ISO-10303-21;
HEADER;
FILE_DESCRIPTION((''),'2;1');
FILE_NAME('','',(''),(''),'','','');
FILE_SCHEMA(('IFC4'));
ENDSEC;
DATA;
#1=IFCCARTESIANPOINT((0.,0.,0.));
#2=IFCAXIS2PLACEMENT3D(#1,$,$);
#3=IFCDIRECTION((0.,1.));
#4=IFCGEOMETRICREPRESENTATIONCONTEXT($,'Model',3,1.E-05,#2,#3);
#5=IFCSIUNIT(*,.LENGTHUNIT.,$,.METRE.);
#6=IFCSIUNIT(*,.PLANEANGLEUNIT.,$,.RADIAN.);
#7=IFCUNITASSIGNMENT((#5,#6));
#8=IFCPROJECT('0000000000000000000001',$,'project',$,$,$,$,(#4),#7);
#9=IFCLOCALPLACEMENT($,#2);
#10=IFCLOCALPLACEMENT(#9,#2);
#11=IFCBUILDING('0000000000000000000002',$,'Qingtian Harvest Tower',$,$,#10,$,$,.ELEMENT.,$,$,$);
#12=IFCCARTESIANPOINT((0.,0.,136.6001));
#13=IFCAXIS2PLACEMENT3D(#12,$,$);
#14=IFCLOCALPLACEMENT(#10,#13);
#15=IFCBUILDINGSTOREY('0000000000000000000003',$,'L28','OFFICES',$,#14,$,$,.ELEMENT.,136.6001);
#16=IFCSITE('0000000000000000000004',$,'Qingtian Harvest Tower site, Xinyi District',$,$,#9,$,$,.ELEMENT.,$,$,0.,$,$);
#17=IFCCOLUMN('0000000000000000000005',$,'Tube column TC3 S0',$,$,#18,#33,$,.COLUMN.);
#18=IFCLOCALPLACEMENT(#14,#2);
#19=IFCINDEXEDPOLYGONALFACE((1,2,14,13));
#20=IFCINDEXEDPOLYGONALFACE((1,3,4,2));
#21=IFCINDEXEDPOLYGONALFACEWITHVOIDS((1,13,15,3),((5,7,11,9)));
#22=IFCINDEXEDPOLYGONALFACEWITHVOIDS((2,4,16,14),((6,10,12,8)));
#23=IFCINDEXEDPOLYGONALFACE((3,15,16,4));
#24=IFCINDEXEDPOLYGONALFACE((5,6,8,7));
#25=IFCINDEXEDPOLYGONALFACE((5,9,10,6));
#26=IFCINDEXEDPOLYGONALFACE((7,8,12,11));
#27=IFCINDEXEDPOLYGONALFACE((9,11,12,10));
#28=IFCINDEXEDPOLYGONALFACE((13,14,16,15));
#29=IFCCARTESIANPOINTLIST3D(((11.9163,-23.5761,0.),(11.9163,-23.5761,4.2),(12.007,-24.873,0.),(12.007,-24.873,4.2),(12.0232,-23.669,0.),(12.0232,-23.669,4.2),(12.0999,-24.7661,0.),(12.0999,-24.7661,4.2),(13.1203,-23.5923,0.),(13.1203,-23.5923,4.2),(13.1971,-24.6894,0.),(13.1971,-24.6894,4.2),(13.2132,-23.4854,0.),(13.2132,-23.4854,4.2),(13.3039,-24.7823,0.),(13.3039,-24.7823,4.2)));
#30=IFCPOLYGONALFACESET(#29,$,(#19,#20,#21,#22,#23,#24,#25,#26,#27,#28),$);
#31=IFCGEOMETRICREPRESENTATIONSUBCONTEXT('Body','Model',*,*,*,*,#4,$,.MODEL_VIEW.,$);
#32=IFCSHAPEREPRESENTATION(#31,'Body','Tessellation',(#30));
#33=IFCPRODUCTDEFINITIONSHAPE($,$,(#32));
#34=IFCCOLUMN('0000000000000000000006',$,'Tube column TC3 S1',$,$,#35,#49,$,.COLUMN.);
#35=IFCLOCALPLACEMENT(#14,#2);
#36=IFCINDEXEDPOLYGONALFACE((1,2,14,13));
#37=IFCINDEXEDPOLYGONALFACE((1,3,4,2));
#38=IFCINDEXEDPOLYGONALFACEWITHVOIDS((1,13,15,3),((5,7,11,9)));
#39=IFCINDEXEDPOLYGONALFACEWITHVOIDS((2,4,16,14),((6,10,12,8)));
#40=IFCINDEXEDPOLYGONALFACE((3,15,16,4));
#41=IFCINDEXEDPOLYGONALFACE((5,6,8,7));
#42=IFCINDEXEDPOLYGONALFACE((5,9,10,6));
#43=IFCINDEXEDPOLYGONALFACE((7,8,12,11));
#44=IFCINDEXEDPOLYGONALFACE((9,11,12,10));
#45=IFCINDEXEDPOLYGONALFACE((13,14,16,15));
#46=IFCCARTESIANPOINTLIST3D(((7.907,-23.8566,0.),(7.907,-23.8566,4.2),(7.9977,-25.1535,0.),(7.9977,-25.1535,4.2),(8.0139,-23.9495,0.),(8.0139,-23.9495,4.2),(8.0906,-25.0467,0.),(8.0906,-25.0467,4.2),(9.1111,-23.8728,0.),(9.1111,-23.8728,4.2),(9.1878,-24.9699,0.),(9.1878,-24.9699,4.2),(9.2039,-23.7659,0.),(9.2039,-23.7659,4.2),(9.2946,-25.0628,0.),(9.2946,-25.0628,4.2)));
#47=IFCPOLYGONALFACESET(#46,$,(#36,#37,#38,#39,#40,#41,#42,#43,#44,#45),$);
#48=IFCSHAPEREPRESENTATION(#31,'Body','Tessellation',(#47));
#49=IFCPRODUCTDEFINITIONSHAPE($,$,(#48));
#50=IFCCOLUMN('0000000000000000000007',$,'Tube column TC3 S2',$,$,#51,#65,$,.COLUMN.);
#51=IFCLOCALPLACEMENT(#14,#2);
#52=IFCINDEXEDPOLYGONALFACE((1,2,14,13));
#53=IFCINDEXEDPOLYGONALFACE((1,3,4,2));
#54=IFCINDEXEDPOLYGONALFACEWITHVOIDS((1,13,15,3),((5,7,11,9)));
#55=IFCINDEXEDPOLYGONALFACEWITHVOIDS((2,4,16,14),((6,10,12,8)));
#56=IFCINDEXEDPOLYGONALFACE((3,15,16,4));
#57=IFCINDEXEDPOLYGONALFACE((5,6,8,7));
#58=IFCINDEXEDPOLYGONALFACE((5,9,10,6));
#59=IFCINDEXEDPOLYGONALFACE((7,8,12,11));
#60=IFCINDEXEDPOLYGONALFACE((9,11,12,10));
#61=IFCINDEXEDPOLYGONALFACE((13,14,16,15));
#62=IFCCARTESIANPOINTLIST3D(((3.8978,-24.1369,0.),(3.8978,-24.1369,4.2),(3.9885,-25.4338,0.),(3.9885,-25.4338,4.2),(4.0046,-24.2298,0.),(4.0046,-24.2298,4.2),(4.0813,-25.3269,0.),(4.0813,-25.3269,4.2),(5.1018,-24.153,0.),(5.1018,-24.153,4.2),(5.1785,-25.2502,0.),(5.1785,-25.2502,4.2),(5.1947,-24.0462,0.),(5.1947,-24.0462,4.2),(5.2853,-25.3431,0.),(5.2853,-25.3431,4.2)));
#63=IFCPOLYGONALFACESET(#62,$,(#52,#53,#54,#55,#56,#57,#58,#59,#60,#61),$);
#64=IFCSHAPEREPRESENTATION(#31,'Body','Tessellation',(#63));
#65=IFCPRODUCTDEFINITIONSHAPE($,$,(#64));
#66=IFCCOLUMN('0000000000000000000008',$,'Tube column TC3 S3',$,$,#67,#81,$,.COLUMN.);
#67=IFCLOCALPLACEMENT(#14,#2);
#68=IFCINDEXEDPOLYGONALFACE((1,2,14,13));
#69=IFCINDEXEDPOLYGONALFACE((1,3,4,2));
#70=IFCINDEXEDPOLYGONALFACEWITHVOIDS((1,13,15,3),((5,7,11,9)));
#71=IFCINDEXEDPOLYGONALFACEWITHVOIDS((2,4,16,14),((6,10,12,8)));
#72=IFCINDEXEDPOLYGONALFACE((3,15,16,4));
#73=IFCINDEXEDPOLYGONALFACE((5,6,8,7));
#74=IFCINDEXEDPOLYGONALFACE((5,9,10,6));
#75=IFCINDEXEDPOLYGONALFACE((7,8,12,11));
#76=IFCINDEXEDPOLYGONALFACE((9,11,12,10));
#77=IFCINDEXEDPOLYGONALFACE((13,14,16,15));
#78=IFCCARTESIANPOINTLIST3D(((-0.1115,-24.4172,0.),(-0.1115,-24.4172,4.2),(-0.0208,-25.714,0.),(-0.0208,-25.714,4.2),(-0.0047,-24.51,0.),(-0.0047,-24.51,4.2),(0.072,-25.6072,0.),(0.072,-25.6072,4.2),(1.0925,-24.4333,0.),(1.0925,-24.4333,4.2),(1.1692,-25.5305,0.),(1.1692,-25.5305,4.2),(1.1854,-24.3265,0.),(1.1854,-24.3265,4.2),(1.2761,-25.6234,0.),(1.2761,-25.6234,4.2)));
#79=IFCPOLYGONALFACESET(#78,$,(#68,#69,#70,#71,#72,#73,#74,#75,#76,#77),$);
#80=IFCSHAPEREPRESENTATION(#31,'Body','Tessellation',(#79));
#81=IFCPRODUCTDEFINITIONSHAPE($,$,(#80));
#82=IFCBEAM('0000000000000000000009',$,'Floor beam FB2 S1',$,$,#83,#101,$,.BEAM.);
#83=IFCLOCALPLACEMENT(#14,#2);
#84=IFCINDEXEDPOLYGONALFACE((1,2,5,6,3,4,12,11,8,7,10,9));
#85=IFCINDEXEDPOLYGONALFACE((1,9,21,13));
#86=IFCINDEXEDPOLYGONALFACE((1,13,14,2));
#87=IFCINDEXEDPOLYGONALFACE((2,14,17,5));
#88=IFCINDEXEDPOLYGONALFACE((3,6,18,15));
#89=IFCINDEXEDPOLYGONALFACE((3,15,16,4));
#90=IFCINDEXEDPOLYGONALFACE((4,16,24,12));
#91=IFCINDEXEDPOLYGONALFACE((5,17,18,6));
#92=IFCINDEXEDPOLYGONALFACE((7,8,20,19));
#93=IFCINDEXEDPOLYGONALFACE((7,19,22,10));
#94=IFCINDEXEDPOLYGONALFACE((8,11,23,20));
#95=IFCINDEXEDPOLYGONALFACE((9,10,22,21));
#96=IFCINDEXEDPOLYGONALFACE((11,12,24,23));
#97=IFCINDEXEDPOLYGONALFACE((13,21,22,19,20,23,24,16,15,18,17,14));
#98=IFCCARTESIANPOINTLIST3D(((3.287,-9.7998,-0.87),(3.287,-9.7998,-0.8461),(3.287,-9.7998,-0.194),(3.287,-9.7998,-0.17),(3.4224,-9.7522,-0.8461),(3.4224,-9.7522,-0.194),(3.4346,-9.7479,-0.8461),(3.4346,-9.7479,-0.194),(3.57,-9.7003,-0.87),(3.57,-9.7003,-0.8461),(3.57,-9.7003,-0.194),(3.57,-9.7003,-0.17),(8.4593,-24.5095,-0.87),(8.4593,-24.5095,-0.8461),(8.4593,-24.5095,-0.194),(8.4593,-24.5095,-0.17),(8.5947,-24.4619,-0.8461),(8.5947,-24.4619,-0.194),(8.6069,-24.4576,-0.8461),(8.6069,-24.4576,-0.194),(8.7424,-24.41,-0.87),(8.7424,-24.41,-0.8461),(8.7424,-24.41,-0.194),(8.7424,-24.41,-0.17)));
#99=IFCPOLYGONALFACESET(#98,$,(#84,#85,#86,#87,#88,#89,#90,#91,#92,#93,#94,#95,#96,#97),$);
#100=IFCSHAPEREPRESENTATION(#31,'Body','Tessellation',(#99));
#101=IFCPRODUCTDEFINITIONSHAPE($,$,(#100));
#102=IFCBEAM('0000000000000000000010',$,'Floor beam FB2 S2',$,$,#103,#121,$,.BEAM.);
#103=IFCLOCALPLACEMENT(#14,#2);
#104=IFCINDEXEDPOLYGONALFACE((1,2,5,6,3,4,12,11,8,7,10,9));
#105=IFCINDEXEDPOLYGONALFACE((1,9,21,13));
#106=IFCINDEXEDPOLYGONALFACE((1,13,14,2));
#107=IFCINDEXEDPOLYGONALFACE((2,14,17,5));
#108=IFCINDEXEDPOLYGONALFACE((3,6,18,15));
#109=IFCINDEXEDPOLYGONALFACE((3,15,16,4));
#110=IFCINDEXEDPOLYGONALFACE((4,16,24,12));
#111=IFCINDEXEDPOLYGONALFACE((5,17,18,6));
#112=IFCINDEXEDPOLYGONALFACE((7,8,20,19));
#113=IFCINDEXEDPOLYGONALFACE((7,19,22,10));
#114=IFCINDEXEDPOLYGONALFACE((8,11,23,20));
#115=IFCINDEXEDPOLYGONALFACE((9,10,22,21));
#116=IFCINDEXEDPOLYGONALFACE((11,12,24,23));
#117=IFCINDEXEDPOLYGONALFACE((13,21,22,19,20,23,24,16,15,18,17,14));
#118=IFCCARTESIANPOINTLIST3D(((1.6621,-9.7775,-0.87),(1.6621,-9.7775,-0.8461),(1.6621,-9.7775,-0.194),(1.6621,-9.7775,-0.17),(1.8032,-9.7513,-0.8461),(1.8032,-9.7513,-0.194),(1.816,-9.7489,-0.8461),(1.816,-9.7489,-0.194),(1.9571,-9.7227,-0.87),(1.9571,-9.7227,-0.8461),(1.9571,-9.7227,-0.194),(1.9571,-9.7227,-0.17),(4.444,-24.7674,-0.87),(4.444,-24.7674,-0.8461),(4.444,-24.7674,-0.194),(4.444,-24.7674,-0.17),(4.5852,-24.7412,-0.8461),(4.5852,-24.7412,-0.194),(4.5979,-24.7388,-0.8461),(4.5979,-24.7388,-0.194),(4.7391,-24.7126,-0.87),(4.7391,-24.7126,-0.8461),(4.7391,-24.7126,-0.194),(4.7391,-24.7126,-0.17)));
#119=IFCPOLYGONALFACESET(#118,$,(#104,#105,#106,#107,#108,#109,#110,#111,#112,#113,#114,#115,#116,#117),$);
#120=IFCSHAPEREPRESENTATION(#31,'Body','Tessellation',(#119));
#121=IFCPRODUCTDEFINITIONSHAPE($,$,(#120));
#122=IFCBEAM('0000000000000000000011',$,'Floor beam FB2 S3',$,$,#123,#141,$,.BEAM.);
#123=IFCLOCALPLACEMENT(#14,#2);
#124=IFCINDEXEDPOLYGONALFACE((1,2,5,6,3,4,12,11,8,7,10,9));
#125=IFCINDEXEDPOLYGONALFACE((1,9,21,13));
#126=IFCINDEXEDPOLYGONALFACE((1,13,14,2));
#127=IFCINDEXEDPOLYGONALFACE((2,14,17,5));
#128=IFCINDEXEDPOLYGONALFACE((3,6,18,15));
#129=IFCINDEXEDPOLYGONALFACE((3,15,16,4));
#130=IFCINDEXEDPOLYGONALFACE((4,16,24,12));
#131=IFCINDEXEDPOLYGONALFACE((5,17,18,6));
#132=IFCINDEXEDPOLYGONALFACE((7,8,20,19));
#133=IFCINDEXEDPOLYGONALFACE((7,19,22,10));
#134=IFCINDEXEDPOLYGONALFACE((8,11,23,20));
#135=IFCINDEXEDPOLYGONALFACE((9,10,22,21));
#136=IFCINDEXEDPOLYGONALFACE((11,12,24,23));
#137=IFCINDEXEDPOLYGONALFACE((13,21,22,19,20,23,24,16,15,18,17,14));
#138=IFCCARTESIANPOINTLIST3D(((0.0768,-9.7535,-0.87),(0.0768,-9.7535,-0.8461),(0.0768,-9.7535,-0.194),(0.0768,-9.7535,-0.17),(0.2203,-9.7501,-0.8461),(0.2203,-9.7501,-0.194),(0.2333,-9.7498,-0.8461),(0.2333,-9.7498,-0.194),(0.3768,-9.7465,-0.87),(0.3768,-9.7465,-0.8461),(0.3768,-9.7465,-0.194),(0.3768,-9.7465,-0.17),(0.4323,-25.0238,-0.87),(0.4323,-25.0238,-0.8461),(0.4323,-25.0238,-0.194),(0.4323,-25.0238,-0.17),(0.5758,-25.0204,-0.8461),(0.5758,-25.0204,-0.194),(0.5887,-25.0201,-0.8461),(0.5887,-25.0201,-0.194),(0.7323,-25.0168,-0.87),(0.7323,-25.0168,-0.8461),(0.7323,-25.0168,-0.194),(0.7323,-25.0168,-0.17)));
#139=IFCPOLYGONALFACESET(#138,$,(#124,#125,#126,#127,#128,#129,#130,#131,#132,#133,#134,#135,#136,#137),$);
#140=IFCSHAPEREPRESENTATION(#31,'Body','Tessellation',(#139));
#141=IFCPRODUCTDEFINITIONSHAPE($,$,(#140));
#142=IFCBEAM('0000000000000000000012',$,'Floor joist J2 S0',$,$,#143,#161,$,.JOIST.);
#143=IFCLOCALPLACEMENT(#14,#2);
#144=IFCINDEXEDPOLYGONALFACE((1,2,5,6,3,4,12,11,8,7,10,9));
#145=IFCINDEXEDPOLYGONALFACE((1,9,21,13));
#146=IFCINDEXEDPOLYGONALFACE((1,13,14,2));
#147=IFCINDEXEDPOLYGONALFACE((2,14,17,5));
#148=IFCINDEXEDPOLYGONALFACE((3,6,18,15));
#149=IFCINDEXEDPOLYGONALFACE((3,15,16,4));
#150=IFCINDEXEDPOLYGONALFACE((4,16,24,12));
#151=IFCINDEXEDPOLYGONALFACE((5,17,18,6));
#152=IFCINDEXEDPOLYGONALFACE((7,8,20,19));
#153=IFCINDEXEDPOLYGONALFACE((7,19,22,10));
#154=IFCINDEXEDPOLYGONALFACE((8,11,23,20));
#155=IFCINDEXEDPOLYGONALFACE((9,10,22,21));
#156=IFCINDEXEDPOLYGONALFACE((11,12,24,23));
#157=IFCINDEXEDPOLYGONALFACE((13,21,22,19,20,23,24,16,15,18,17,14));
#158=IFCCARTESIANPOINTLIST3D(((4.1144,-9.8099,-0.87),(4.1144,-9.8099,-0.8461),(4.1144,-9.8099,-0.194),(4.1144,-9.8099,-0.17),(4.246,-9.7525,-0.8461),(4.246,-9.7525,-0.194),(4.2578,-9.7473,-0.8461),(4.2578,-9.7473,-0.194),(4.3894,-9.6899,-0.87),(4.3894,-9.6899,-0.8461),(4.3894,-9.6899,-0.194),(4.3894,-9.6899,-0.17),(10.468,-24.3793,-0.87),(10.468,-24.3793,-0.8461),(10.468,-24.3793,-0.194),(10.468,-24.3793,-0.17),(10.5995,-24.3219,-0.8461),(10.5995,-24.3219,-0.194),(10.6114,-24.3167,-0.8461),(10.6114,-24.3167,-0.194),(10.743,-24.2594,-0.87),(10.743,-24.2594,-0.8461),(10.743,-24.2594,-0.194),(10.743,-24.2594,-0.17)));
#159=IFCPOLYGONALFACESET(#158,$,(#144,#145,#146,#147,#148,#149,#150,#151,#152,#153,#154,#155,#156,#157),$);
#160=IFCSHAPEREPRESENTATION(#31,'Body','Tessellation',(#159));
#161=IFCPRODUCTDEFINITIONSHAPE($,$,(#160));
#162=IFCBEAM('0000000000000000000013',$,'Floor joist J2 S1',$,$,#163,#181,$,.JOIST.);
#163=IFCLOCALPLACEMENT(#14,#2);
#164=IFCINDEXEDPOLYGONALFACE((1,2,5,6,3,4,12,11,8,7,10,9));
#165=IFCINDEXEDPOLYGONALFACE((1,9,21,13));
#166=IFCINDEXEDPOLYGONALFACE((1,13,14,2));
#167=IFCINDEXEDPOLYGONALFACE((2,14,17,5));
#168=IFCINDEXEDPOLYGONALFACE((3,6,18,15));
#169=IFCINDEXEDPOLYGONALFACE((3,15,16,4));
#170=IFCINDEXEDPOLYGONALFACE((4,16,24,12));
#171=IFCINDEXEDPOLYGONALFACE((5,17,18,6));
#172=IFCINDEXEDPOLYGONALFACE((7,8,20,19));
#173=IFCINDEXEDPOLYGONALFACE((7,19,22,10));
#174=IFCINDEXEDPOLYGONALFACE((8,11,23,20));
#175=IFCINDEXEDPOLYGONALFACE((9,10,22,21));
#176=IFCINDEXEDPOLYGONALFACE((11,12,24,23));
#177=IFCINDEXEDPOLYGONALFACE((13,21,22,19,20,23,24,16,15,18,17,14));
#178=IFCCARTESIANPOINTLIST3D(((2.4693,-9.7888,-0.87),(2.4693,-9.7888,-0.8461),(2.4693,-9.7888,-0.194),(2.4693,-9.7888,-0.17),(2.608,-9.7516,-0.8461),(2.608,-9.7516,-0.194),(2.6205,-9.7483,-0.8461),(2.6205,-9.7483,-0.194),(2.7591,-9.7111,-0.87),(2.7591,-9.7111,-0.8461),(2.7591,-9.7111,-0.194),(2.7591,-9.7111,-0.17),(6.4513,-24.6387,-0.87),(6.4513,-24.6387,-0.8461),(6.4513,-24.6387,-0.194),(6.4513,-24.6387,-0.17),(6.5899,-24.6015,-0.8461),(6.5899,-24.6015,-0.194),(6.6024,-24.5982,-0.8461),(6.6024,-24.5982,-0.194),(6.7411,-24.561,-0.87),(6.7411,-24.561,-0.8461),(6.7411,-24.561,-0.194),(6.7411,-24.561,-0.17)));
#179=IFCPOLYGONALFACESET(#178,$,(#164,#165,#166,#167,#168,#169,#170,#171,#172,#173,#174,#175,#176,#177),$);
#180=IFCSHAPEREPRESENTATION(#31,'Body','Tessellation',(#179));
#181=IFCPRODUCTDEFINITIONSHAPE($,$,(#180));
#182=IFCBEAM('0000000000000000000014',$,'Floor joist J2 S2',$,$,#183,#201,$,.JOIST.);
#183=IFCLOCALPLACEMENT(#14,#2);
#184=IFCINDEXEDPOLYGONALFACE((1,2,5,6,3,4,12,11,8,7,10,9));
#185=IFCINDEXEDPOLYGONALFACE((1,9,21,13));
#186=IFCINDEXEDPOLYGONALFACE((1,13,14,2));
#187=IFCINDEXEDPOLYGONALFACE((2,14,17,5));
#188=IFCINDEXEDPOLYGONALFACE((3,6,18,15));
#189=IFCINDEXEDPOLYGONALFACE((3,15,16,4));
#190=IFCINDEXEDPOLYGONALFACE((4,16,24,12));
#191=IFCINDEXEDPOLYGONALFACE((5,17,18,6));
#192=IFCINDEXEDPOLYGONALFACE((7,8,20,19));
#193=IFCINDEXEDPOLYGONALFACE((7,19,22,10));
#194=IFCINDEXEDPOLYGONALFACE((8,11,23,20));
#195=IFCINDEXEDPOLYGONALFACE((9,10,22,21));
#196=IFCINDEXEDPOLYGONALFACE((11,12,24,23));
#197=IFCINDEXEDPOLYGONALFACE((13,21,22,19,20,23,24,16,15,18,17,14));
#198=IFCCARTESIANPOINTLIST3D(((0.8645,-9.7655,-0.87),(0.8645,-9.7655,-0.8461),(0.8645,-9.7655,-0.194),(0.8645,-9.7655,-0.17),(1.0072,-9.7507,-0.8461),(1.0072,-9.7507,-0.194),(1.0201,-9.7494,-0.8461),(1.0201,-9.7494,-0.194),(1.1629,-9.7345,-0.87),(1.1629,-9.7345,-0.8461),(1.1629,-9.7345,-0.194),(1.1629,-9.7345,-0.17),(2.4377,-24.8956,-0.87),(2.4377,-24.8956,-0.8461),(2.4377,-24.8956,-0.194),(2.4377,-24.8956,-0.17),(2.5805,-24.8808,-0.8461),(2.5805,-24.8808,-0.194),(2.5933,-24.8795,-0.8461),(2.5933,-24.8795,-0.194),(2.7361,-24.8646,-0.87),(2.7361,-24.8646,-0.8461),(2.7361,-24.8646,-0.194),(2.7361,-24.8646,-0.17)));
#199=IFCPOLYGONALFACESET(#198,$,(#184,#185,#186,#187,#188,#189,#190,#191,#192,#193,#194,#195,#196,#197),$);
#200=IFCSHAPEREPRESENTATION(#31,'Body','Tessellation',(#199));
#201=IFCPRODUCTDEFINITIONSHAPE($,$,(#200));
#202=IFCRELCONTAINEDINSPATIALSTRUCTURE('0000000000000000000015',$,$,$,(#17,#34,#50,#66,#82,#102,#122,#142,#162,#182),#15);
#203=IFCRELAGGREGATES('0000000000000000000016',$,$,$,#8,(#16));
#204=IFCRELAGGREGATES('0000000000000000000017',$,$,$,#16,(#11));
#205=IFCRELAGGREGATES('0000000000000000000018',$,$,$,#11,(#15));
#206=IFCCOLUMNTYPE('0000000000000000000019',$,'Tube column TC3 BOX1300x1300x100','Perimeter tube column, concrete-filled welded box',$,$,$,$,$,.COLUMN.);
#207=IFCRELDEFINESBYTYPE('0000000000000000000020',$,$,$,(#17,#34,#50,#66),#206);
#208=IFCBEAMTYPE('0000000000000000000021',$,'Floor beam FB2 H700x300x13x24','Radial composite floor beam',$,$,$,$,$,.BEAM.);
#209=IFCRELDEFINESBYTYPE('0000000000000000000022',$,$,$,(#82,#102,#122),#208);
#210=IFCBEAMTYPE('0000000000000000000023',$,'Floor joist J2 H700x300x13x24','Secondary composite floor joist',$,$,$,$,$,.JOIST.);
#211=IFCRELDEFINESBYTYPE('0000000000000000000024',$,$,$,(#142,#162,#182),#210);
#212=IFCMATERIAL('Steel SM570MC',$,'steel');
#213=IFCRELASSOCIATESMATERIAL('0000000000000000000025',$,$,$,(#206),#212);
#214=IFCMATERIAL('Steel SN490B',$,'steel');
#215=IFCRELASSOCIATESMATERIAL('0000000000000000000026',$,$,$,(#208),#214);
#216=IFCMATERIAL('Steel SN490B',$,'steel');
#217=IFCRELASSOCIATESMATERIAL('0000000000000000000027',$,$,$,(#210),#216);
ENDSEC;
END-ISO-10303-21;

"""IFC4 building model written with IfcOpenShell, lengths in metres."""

from ifc_helpers import new_model, si_unit, direction, frame, origin, origin_2d, place, context, subcontext, project, spatial, hollow_rectangle, i_section, extrude, material, material_profile, profile_set, type_object, element, save


model = new_model("IFC4")

# Units and contexts
model_context = context("Model", 3, precision=1e-05, world=origin(), true_north=direction((0.0, 1.0)))
body_context = subcontext(model_context, "Body", "Model", "MODEL_VIEW")
ifc_project = project(units=[si_unit("LENGTHUNIT", "METRE"), si_unit("PLANEANGLEUNIT", "RADIAN")], contexts=[model_context])

# Site, building, storey
site_placement = place(None, origin())
site = spatial("IfcSite", under=ifc_project, at=site_placement, Name="Qingtian Harvest Tower site, Xinyi District", CompositionType="ELEMENT", RefElevation=0.0)
building_placement = place(site_placement, origin())
building = spatial("IfcBuilding", under=site, at=building_placement, Name="Qingtian Harvest Tower", CompositionType="ELEMENT")
storey_placement = place(building_placement, frame((0.0, 0.0, 136.6001)))
storey = spatial("IfcBuildingStorey", under=building, at=storey_placement, Name="L28", Description="OFFICES", CompositionType="ELEMENT", Elevation=136.6001)

# Columns
ifc_material_1 = material(Name="Steel SM570MC", Category="steel")
ifc_material_profile_1 = material_profile(ifc_material_1, hollow_rectangle(XDim=1.3, YDim=1.3, WallThickness=0.1001, at=origin_2d()), Name="BOX1300x1300x100")
ifc_profile_set_1 = profile_set([ifc_material_profile_1], Name="Steel SM570MC")
column_type = type_object("IfcColumnType", Name="Tube column TC3 BOX1300x1300x100", Description="Perimeter tube column, concrete-filled welded box", PredefinedType="COLUMN", material=ifc_profile_set_1)
for number, where, z_axis, x_axis, name in (
    (1, (12.6101, -24.1792, 0.0), (0.0, 0.0, 1.0), (0.997564, 0.069756, 0.0), "Tube column TC3 S0"),
    (2, (8.6008, -24.4597, 0.0), (0.0, 0.0, 1.0), (0.997564, 0.069756, 0.0), "Tube column TC3 S1"),
    (3, (4.5916, -24.74, 0.0), (0.0, 0.0, 1.0), (0.997564, 0.069756, 0.0), "Tube column TC3 S2"),
    (4, (0.5823, -25.0203, 0.0), (0.0, 0.0, 1.0), (0.997564, 0.069756, 0.0), "Tube column TC3 S3"),
):
    element("IfcColumn", number, at=place(storey_placement, frame(where, z_axis=z_axis, x_axis=x_axis)), inside=storey, type_object=column_type, Name=name, PredefinedType="COLUMN", context=body_context, shape_type="SweptSolid", body=[
        extrude(hollow_rectangle(XDim=1.3, YDim=1.3, WallThickness=0.1001, at=origin_2d()), origin(), (0.0, 0.0, 1.0), 4.2),
    ])

# Beams
ifc_material_2 = material(Name="Steel SN490B", Category="steel")
ifc_material_profile_2 = material_profile(ifc_material_2, i_section(OverallWidth=0.3, OverallDepth=0.7, WebThickness=0.0129, FlangeThickness=0.0239, at=origin_2d()), Name="H700x300x13x24")
ifc_profile_set_2 = profile_set([ifc_material_profile_2], Name="Steel SN490B")
beam_type_1 = type_object("IfcBeamType", Name="Floor beam FB2 H700x300x13x24", Description="Radial composite floor beam", PredefinedType="BEAM", material=ifc_profile_set_2)
beam_1_placement = place(storey_placement, frame((8.6008, -24.4597, -0.52), z_axis=(-0.331719, 0.943378, 0.0), x_axis=(-0.943378, -0.331719, 0.0)))
element("IfcBeam", 5, at=beam_1_placement, inside=storey, type_object=beam_type_1, Name="Floor beam FB2 S1", PredefinedType="BEAM", context=body_context, shape_type="SweptSolid", body=[
    extrude(i_section(OverallWidth=0.3, OverallDepth=0.7, WebThickness=0.0129, FlangeThickness=0.0239, at=origin_2d()), origin(), (0.0, 0.0, 1.0), 15.5925),
])
beam_2_placement = place(storey_placement, frame((4.5916, -24.74, -0.52), z_axis=(-0.182473, 0.983211, 0.0), x_axis=(-0.983211, -0.182473, 0.0)))
element("IfcBeam", 6, at=beam_2_placement, inside=storey, type_object=beam_type_1, Name="Floor beam FB2 S2", PredefinedType="BEAM", context=body_context, shape_type="SweptSolid", body=[
    extrude(i_section(OverallWidth=0.3, OverallDepth=0.7, WebThickness=0.0129, FlangeThickness=0.0239, at=origin_2d()), origin(), (0.0, 0.0, 1.0), 15.2458),
])
beam_3_placement = place(storey_placement, frame((0.5823, -25.0203, -0.52), z_axis=(-0.023272, 0.999729, 0.0), x_axis=(-0.999729, -0.023272, 0.0)))
element("IfcBeam", 7, at=beam_3_placement, inside=storey, type_object=beam_type_1, Name="Floor beam FB2 S3", PredefinedType="BEAM", context=body_context, shape_type="SweptSolid", body=[
    extrude(i_section(OverallWidth=0.3, OverallDepth=0.7, WebThickness=0.0129, FlangeThickness=0.0239, at=origin_2d()), origin(), (0.0, 0.0, 1.0), 15.2744),
])
ifc_material_3 = material(Name="Steel SN490B", Category="steel")
ifc_material_profile_3 = material_profile(ifc_material_3, i_section(OverallWidth=0.3, OverallDepth=0.7, WebThickness=0.0129, FlangeThickness=0.0239, at=origin_2d()), Name="H700x300x13x24")
ifc_profile_set_3 = profile_set([ifc_material_profile_3], Name="Steel SN490B")
beam_type_2 = type_object("IfcBeamType", Name="Floor joist J2 H700x300x13x24", Description="Secondary composite floor joist", PredefinedType="JOIST", material=ifc_profile_set_3)
beam_4_placement = place(storey_placement, frame((10.6055, -24.3193, -0.52), z_axis=(-0.399732, 0.916632, 0.0), x_axis=(-0.916632, -0.399732, 0.0)))
element("IfcBeam", 8, at=beam_4_placement, inside=storey, type_object=beam_type_2, Name="Floor joist J2 S0", PredefinedType="JOIST", context=body_context, shape_type="SweptSolid", body=[
    extrude(i_section(OverallWidth=0.3, OverallDepth=0.7, WebThickness=0.0129, FlangeThickness=0.0239, at=origin_2d()), origin(), (0.0, 0.0, 1.0), 15.8945),
])
beam_5_placement = place(storey_placement, frame((6.5962, -24.5999, -0.52), z_axis=(-0.258997, 0.965878, 0.0), x_axis=(-0.965878, -0.258997, 0.0)))
element("IfcBeam", 9, at=beam_5_placement, inside=storey, type_object=beam_type_2, Name="Floor joist J2 S1", PredefinedType="JOIST", context=body_context, shape_type="SweptSolid", body=[
    extrude(i_section(OverallWidth=0.3, OverallDepth=0.7, WebThickness=0.0129, FlangeThickness=0.0239, at=origin_2d()), origin(), (0.0, 0.0, 1.0), 15.3745),
])
beam_6_placement = place(storey_placement, frame((2.5869, -24.8801, -0.52), z_axis=(-0.103423, 0.994637, 0.0), x_axis=(-0.994637, -0.103423, 0.0)))
element("IfcBeam", 10, at=beam_6_placement, inside=storey, type_object=beam_type_2, Name="Floor joist J2 S2", PredefinedType="JOIST", context=body_context, shape_type="SweptSolid", body=[
    extrude(i_section(OverallWidth=0.3, OverallDepth=0.7, WebThickness=0.0129, FlangeThickness=0.0239, at=origin_2d()), origin(), (0.0, 0.0, 1.0), 15.2117),
])

save(model, "model.ifc")
